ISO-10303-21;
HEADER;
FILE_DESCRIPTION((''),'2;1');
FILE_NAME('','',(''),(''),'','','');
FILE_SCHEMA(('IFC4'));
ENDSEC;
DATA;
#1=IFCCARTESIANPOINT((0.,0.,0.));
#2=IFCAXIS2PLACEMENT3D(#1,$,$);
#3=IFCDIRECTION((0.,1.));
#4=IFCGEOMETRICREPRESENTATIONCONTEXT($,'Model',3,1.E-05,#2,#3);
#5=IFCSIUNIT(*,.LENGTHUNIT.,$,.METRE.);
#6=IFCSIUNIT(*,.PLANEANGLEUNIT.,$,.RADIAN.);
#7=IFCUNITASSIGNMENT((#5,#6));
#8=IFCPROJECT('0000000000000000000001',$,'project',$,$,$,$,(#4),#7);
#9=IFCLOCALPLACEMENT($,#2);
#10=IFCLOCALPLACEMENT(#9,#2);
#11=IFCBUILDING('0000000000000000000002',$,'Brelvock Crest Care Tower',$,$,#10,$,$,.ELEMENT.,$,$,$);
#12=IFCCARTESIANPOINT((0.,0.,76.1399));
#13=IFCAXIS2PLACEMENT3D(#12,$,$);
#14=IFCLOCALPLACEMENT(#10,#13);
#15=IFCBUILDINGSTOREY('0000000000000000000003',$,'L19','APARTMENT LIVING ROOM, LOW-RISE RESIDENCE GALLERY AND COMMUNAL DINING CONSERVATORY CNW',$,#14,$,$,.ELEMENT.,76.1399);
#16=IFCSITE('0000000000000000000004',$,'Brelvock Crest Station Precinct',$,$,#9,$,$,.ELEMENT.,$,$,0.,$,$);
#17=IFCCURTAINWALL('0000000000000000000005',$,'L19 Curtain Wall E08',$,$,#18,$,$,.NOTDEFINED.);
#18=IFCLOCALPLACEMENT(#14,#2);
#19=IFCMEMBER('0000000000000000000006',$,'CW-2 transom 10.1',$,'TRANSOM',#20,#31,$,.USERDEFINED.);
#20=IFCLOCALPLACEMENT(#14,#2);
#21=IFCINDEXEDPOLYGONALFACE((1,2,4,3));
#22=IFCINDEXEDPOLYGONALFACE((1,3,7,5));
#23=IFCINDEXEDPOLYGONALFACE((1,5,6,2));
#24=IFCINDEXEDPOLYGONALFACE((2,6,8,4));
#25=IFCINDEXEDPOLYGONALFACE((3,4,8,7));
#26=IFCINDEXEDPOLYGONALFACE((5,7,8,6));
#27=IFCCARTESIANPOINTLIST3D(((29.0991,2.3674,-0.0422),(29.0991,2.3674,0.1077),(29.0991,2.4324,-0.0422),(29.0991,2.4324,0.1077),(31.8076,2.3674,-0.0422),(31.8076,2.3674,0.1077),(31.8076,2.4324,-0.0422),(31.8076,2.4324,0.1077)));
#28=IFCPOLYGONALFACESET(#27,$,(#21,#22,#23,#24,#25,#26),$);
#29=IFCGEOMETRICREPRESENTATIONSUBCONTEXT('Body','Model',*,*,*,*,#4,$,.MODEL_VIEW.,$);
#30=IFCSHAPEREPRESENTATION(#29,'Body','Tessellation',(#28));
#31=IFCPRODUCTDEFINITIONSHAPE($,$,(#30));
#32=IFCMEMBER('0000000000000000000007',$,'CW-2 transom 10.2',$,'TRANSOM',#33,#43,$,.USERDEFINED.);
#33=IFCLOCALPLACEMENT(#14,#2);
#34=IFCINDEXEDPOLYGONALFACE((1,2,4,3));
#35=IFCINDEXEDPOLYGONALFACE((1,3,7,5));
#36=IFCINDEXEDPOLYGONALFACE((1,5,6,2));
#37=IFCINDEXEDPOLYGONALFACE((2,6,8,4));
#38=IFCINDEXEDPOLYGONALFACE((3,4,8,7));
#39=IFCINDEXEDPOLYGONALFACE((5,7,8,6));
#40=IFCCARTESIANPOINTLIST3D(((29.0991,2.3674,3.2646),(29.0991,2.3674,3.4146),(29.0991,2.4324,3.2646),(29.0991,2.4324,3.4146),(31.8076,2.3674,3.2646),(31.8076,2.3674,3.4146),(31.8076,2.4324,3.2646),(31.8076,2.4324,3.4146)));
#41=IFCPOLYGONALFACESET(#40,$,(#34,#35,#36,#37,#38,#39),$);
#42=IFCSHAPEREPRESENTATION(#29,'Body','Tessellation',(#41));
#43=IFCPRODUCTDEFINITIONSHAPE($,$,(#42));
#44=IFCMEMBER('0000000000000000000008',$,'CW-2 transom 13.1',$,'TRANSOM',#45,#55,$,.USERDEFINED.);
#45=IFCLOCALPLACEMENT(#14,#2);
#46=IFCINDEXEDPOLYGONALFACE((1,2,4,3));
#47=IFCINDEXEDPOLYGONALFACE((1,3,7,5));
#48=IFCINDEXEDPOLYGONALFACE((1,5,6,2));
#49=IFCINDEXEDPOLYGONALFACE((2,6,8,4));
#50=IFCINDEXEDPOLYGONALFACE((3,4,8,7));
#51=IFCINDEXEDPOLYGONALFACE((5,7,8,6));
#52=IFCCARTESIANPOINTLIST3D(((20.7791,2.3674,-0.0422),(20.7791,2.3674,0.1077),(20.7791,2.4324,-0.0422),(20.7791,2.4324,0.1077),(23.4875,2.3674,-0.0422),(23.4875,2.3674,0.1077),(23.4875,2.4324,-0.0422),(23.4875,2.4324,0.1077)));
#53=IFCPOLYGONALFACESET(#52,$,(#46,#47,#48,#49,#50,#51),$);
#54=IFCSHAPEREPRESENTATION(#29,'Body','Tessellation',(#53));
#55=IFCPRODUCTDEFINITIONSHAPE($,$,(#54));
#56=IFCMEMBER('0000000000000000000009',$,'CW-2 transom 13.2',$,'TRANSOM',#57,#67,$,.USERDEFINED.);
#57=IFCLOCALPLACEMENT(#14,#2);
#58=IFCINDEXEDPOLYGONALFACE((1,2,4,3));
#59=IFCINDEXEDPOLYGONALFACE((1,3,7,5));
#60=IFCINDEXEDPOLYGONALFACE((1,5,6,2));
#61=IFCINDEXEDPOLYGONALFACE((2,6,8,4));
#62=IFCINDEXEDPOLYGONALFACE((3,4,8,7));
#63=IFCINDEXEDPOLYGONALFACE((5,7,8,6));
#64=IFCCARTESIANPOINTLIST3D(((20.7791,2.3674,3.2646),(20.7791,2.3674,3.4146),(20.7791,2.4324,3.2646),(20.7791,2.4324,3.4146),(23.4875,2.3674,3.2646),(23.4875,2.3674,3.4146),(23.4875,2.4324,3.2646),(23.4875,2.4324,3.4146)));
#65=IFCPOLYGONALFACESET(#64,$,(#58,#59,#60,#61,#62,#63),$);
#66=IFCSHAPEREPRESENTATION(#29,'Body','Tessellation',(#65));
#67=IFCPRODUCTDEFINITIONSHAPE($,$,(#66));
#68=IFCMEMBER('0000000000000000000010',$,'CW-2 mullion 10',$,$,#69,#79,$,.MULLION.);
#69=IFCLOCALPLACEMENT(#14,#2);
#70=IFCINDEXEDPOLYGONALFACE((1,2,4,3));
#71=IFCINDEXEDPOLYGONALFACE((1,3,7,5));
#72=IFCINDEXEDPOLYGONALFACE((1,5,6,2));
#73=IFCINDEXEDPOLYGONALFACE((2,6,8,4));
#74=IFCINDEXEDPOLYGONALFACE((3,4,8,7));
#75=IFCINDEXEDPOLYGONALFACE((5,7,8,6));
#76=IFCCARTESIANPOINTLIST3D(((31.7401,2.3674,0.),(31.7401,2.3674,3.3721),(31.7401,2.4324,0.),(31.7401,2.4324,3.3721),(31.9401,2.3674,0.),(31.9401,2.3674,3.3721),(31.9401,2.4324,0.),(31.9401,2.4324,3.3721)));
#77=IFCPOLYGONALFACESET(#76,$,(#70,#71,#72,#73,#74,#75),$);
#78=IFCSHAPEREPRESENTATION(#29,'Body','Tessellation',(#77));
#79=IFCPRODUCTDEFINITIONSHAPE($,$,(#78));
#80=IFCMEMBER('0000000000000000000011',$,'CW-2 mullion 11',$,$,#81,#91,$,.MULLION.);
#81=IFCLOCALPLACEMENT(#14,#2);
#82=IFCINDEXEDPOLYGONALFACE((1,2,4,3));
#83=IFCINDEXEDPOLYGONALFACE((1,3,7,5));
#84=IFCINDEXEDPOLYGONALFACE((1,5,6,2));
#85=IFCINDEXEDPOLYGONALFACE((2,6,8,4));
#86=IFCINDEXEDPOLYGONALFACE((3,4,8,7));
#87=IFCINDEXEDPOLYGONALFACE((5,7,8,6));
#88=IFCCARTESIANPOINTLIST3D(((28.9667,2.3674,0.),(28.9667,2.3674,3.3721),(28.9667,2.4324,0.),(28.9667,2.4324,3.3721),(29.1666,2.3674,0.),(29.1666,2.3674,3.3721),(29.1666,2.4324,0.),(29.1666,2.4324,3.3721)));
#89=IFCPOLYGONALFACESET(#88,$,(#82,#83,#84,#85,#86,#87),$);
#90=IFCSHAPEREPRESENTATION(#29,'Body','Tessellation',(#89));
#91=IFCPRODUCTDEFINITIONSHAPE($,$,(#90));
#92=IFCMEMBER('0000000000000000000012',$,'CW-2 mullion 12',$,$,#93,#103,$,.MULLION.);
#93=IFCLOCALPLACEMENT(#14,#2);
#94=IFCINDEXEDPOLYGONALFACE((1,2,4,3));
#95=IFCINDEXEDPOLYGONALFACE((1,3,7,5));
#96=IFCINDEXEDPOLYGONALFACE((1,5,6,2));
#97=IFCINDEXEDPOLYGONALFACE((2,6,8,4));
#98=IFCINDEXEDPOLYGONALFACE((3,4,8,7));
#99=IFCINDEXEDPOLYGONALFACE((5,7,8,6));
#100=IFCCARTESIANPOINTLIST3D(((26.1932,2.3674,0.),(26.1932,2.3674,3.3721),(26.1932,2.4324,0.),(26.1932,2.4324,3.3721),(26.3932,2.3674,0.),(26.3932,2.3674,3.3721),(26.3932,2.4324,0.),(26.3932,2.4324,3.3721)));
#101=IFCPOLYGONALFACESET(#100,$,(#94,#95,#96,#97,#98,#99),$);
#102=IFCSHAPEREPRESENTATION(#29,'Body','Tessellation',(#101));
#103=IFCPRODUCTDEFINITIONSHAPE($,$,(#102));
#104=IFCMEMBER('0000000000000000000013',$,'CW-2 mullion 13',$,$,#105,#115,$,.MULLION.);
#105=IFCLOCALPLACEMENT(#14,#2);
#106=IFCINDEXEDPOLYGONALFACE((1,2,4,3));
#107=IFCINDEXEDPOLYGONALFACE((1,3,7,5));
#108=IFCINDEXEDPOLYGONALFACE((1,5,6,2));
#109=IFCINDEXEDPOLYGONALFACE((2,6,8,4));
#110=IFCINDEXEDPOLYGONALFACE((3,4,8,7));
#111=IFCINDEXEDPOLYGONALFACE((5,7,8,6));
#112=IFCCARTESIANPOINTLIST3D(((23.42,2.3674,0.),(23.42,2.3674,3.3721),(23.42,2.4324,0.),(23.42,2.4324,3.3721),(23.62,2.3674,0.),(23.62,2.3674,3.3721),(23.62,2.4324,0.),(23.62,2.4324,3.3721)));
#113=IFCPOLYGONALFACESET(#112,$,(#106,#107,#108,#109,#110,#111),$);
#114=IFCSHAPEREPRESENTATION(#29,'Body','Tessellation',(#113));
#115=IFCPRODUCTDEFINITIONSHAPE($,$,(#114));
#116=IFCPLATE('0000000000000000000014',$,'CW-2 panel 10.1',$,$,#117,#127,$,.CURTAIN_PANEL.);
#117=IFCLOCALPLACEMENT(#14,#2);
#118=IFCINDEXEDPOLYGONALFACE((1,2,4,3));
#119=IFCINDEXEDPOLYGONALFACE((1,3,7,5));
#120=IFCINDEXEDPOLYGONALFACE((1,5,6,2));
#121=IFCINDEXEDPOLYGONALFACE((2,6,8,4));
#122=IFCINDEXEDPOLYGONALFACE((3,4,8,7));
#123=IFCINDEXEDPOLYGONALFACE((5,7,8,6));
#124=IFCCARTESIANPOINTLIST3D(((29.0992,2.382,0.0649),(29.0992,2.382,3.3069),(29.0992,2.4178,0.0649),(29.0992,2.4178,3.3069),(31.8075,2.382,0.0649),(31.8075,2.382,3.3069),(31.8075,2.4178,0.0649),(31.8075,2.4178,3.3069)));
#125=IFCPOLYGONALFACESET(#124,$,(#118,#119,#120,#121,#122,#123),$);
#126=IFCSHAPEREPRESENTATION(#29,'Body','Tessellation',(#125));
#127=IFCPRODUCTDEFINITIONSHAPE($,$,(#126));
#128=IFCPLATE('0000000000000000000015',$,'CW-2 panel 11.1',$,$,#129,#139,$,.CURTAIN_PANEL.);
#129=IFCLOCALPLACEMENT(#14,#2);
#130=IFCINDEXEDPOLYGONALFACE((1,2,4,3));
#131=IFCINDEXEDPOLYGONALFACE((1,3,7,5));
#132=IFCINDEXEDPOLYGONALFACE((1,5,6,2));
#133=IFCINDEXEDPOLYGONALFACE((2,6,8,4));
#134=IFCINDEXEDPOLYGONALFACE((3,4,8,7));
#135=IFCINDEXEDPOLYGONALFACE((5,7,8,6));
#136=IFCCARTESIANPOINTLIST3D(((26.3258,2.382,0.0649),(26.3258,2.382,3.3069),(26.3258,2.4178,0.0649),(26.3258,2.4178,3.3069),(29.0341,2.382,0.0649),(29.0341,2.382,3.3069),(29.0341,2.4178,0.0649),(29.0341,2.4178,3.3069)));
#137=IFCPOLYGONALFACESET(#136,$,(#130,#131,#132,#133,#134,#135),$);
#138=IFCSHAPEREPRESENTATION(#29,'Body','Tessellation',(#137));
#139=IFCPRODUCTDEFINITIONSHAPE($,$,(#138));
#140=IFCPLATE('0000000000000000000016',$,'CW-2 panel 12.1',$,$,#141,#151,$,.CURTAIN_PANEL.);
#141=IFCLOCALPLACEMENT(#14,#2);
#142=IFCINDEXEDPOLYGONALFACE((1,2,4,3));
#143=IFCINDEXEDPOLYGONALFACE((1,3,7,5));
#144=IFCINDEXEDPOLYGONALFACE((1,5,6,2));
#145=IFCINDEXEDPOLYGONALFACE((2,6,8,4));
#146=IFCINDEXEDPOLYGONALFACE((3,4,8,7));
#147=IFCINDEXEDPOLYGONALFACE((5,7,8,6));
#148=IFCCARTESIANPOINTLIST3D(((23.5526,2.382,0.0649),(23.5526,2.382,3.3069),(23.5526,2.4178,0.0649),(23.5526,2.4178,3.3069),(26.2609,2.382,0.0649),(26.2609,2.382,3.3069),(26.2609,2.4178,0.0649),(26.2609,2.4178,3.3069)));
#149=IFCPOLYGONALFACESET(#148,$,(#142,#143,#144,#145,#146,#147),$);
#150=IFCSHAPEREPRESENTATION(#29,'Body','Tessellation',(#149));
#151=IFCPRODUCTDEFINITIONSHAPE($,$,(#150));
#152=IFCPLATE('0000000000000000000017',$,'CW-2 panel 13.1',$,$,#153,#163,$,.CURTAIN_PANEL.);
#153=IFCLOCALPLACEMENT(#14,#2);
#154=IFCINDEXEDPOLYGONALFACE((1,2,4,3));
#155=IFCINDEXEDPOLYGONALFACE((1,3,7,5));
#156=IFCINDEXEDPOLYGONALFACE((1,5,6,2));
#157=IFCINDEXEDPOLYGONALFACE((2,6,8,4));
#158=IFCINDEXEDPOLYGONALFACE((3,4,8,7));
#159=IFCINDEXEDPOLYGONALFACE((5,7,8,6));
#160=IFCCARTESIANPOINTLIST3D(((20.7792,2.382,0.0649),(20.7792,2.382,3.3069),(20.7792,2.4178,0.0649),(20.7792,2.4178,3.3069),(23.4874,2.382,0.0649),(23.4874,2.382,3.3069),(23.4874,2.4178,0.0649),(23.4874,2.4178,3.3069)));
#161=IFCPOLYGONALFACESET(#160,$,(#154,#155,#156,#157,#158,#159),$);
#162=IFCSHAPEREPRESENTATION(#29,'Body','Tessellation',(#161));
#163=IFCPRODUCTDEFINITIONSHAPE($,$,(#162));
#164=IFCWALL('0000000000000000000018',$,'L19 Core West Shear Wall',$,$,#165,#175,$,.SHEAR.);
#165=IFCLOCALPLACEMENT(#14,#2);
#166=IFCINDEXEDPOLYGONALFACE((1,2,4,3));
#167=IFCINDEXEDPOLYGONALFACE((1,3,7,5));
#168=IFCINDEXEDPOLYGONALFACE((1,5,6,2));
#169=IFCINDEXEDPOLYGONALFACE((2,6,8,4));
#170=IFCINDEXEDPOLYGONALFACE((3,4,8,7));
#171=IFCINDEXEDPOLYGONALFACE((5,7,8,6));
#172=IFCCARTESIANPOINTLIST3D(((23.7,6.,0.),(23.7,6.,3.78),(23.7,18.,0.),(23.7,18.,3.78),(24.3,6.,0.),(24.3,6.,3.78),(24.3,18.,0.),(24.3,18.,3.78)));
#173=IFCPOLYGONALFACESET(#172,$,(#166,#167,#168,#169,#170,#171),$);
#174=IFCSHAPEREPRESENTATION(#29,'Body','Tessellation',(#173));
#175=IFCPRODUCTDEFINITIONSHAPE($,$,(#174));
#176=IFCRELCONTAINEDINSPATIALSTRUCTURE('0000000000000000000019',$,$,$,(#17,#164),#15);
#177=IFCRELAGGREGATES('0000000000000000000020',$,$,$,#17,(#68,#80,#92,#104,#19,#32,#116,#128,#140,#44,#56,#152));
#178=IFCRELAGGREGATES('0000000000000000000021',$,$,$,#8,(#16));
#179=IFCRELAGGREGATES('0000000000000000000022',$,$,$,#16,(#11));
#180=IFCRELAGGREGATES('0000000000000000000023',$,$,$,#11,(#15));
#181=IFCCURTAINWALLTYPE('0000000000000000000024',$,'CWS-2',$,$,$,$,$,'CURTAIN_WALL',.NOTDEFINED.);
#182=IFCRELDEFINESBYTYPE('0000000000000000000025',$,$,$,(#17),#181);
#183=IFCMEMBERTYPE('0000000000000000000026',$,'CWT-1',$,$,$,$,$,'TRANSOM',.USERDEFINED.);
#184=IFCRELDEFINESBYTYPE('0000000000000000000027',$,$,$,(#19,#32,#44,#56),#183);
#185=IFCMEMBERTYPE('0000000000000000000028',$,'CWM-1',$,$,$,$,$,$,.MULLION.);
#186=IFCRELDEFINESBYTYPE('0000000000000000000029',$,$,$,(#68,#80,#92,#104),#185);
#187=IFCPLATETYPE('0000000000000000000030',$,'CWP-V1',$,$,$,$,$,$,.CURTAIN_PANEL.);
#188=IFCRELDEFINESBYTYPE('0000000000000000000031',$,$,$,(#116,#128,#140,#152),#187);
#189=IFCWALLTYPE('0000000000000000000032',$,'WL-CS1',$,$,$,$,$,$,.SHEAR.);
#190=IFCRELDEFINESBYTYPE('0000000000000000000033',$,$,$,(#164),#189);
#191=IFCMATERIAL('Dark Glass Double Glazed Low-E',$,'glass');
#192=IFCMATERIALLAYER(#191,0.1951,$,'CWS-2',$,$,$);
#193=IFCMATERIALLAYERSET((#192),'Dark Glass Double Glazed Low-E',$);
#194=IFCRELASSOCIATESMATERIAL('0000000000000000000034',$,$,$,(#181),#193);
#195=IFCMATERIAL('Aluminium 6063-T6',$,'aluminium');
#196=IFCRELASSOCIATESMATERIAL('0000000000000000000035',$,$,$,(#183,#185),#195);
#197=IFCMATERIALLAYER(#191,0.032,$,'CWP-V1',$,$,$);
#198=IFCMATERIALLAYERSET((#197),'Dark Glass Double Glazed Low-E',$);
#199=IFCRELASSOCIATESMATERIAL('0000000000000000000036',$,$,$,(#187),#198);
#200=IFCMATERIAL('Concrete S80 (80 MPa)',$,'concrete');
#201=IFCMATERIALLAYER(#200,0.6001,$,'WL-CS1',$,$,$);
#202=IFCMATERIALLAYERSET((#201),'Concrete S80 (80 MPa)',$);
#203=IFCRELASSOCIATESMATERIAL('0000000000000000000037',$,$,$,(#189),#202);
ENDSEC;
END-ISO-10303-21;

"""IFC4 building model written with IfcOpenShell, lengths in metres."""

from ifc_helpers import new_model, si_unit, direction, frame, frame_2d, origin, origin_2d, place, context, subcontext, project, spatial, rectangle, extrude, source, transform, mapped, material, layer, layer_set, material_profile, profile_set, type_object, element, aggregate, save


model = new_model("IFC4")

# Units and contexts
model_context = context("Model", 3, precision=1e-05, world=origin(), true_north=direction((0.0, 1.0)))
body_context = subcontext(model_context, "Body", "Model", "MODEL_VIEW")
ifc_project = project(units=[si_unit("LENGTHUNIT", "METRE"), si_unit("PLANEANGLEUNIT", "RADIAN")], contexts=[model_context])

# Site, building, storey
site_placement = place(None, origin())
site = spatial("IfcSite", under=ifc_project, at=site_placement, Name="Brelvock Crest Station Precinct", CompositionType="ELEMENT", RefElevation=0.0)
building_placement = place(site_placement, origin())
building = spatial("IfcBuilding", under=site, at=building_placement, Name="Brelvock Crest Care Tower", CompositionType="ELEMENT")
storey_placement = place(building_placement, frame((0.0, 0.0, 76.1399)))
storey = spatial("IfcBuildingStorey", under=building, at=storey_placement, Name="L19", Description="APARTMENT LIVING ROOM, LOW-RISE RESIDENCE GALLERY AND COMMUNAL DINING CONSERVATORY CNW", CompositionType="ELEMENT", Elevation=76.1399)

# Shared definitions
ifc_material_1 = material(Name="Concrete S80 (80 MPa)", Category="concrete")

# Curtain wall, members, plates
ifc_material_2 = material(Name="Dark Glass Double Glazed Low-E", Category="glass")
ifc_layer_1 = layer(ifc_material_2, 0.1951, Name="CWS-2")
ifc_layer_set_1 = layer_set([ifc_layer_1], Name="Dark Glass Double Glazed Low-E")
curtain_wall_type = type_object("IfcCurtainWallType", Name="CWS-2", ElementType="CURTAIN_WALL", PredefinedType="NOTDEFINED", material=ifc_layer_set_1)
curtain_wall_placement = place(storey_placement, origin())
curtain_wall = element("IfcCurtainWall", 1, at=curtain_wall_placement, inside=storey, type_object=curtain_wall_type, Name="L19 Curtain Wall E08", PredefinedType="NOTDEFINED")
ifc_material_3 = material(Name="Aluminium 6063-T6", Category="aluminium")
ifc_material_profile_1 = material_profile(ifc_material_3, rectangle(XDim=0.0649, YDim=0.1499, at=origin_2d()), Name="ALU65x150")
ifc_profile_set_1 = profile_set([ifc_material_profile_1], Name="Aluminium 6063-T6")
member_type_1 = type_object("IfcMemberType", Name="CWT-1", ElementType="TRANSOM", PredefinedType="USERDEFINED", material=ifc_profile_set_1)
shared_shape_1 = source(origin(), body_context, "Body", "SweptSolid", [
    extrude(rectangle(XDim=0.0649, YDim=0.1499, at=origin_2d()), origin(), (0.0, 0.0, 1.0), 2.7085),
])
member_1_placement = place(storey_placement, frame((31.8076, 2.3999, 0.0327), z_axis=(-1.0, 0.0, 0.0), x_axis=(0.0, -1.0, 0.0)))
member_1 = element("IfcMember", 2, at=member_1_placement, type_object=member_type_1, Name="CW-2 transom 10.1", ObjectType="TRANSOM", PredefinedType="USERDEFINED", context=body_context, shape_type="MappedRepresentation", body=[
    mapped(shared_shape_1, transform((0.0, 0.0, 0.0), x_axis=(1.0, 0.0, 0.0), y_axis=(0.0, 1.0, 0.0), z_axis=(0.0, 0.0, 1.0), scale=1.0)),
])
member_2_placement = place(storey_placement, frame((31.8076, 2.3999, 3.3396), z_axis=(-1.0, 0.0, 0.0), x_axis=(0.0, -1.0, 0.0)))
member_2 = element("IfcMember", 3, at=member_2_placement, type_object=member_type_1, Name="CW-2 transom 10.2", ObjectType="TRANSOM", PredefinedType="USERDEFINED", context=body_context, shape_type="MappedRepresentation", body=[
    mapped(shared_shape_1, transform((0.0, 0.0, 0.0), x_axis=(1.0, 0.0, 0.0), y_axis=(0.0, 1.0, 0.0), z_axis=(0.0, 0.0, 1.0), scale=1.0)),
])
member_3_placement = place(storey_placement, frame((23.4875, 2.3999, 0.0327), z_axis=(-1.0, 0.0, 0.0), x_axis=(0.0, -1.0, 0.0)))
member_3 = element("IfcMember", 4, at=member_3_placement, type_object=member_type_1, Name="CW-2 transom 13.1", ObjectType="TRANSOM", PredefinedType="USERDEFINED", context=body_context, shape_type="MappedRepresentation", body=[
    mapped(shared_shape_1, transform((0.0, 0.0, 0.0), x_axis=(1.0, 0.0, 0.0), y_axis=(0.0, 1.0, 0.0), z_axis=(0.0, 0.0, 1.0), scale=1.0)),
])
member_4_placement = place(storey_placement, frame((23.4875, 2.3999, 3.3396), z_axis=(-1.0, 0.0, 0.0), x_axis=(0.0, -1.0, 0.0)))
member_4 = element("IfcMember", 5, at=member_4_placement, type_object=member_type_1, Name="CW-2 transom 13.2", ObjectType="TRANSOM", PredefinedType="USERDEFINED", context=body_context, shape_type="MappedRepresentation", body=[
    mapped(shared_shape_1, transform((0.0, 0.0, 0.0), x_axis=(1.0, 0.0, 0.0), y_axis=(0.0, 1.0, 0.0), z_axis=(0.0, 0.0, 1.0), scale=1.0)),
])
ifc_material_profile_2 = material_profile(ifc_material_3, rectangle(XDim=0.0649, YDim=0.2, at=origin_2d()), Name="ALU65x200")
ifc_profile_set_2 = profile_set([ifc_material_profile_2], Name="Aluminium 6063-T6")
member_type_2 = type_object("IfcMemberType", Name="CWM-1", PredefinedType="MULLION", material=ifc_profile_set_2)
shared_shape_2 = source(origin(), body_context, "Body", "SweptSolid", [
    extrude(rectangle(XDim=0.0649, YDim=0.2, at=origin_2d()), origin(), (0.0, 0.0, 1.0), 3.3721),
])
member_5_placement = place(storey_placement, frame((31.8401, 2.3999, 0.0), z_axis=(0.0, 0.0, 1.0), x_axis=(0.0, -1.0, 0.0)))
member_5 = element("IfcMember", 6, at=member_5_placement, type_object=member_type_2, Name="CW-2 mullion 10", PredefinedType="MULLION", context=body_context, shape_type="MappedRepresentation", body=[
    mapped(shared_shape_2, transform((0.0, 0.0, 0.0), x_axis=(1.0, 0.0, 0.0), y_axis=(0.0, 1.0, 0.0), z_axis=(0.0, 0.0, 1.0), scale=1.0)),
])
member_6_placement = place(storey_placement, frame((29.0667, 2.3999, 0.0), z_axis=(0.0, 0.0, 1.0), x_axis=(0.0, -1.0, 0.0)))
member_6 = element("IfcMember", 7, at=member_6_placement, type_object=member_type_2, Name="CW-2 mullion 11", PredefinedType="MULLION", context=body_context, shape_type="MappedRepresentation", body=[
    mapped(shared_shape_2, transform((0.0, 0.0, 0.0), x_axis=(1.0, 0.0, 0.0), y_axis=(0.0, 1.0, 0.0), z_axis=(0.0, 0.0, 1.0), scale=1.0)),
])
member_7_placement = place(storey_placement, frame((26.2932, 2.3999, 0.0), z_axis=(0.0, 0.0, 1.0), x_axis=(0.0, -1.0, 0.0)))
member_7 = element("IfcMember", 8, at=member_7_placement, type_object=member_type_2, Name="CW-2 mullion 12", PredefinedType="MULLION", context=body_context, shape_type="MappedRepresentation", body=[
    mapped(shared_shape_2, transform((0.0, 0.0, 0.0), x_axis=(1.0, 0.0, 0.0), y_axis=(0.0, 1.0, 0.0), z_axis=(0.0, 0.0, 1.0), scale=1.0)),
])
member_8_placement = place(storey_placement, frame((23.52, 2.3999, 0.0), z_axis=(0.0, 0.0, 1.0), x_axis=(0.0, -1.0, 0.0)))
member_8 = element("IfcMember", 9, at=member_8_placement, type_object=member_type_2, Name="CW-2 mullion 13", PredefinedType="MULLION", context=body_context, shape_type="MappedRepresentation", body=[
    mapped(shared_shape_2, transform((0.0, 0.0, 0.0), x_axis=(1.0, 0.0, 0.0), y_axis=(0.0, 1.0, 0.0), z_axis=(0.0, 0.0, 1.0), scale=1.0)),
])
ifc_layer_2 = layer(ifc_material_2, 0.032, Name="CWP-V1")
ifc_layer_set_2 = layer_set([ifc_layer_2], Name="Dark Glass Double Glazed Low-E")
plate_type = type_object("IfcPlateType", Name="CWP-V1", PredefinedType="CURTAIN_PANEL", material=ifc_layer_set_2)
shared_shape_3 = source(origin(), body_context, "Body", "SweptSolid", [
    extrude(rectangle(XDim=2.7083, YDim=0.0359, at=origin_2d()), origin(), (0.0, 0.0, 1.0), 3.2419),
])
plate_1_placement = place(storey_placement, frame((30.4534, 2.3999, 0.0649), z_axis=(0.0, 0.0, 1.0), x_axis=(-1.0, 0.0, 0.0)))
plate_1 = element("IfcPlate", 10, at=plate_1_placement, type_object=plate_type, Name="CW-2 panel 10.1", PredefinedType="CURTAIN_PANEL", context=body_context, shape_type="MappedRepresentation", body=[
    mapped(shared_shape_3, transform((0.0, 0.0, 0.0), x_axis=(1.0, 0.0, 0.0), y_axis=(0.0, 1.0, 0.0), z_axis=(0.0, 0.0, 1.0), scale=1.0)),
])
plate_2_placement = place(storey_placement, frame((27.6799, 2.3999, 0.0649), z_axis=(0.0, 0.0, 1.0), x_axis=(-1.0, 0.0, 0.0)))
plate_2 = element("IfcPlate", 11, at=plate_2_placement, type_object=plate_type, Name="CW-2 panel 11.1", PredefinedType="CURTAIN_PANEL", context=body_context, shape_type="MappedRepresentation", body=[
    mapped(shared_shape_3, transform((0.0, 0.0, 0.0), x_axis=(1.0, 0.0, 0.0), y_axis=(0.0, 1.0, 0.0), z_axis=(0.0, 0.0, 1.0), scale=1.0)),
])
plate_3_placement = place(storey_placement, frame((24.9067, 2.3999, 0.0649), z_axis=(0.0, 0.0, 1.0), x_axis=(-1.0, 0.0, 0.0)))
plate_3 = element("IfcPlate", 12, at=plate_3_placement, type_object=plate_type, Name="CW-2 panel 12.1", PredefinedType="CURTAIN_PANEL", context=body_context, shape_type="MappedRepresentation", body=[
    mapped(shared_shape_3, transform((0.0, 0.0, 0.0), x_axis=(1.0, 0.0, 0.0), y_axis=(0.0, 1.0, 0.0), z_axis=(0.0, 0.0, 1.0), scale=1.0)),
])
plate_4_placement = place(storey_placement, frame((22.1333, 2.3999, 0.0649), z_axis=(0.0, 0.0, 1.0), x_axis=(-1.0, 0.0, 0.0)))
plate_4 = element("IfcPlate", 13, at=plate_4_placement, type_object=plate_type, Name="CW-2 panel 13.1", PredefinedType="CURTAIN_PANEL", context=body_context, shape_type="MappedRepresentation", body=[
    mapped(shared_shape_3, transform((0.0, 0.0, 0.0), x_axis=(1.0, 0.0, 0.0), y_axis=(0.0, 1.0, 0.0), z_axis=(0.0, 0.0, 1.0), scale=1.0)),
])
aggregate(curtain_wall, [member_5, member_6, member_7, member_8, member_1, member_2, plate_1, plate_2, plate_3, member_3, member_4, plate_4])

# Wall
ifc_layer_3 = layer(ifc_material_1, 0.6001, Name="WL-CS1")
ifc_layer_set_3 = layer_set([ifc_layer_3], Name="Concrete S80 (80 MPa)")
wall_type_1 = type_object("IfcWallType", Name="WL-CS1", PredefinedType="SHEAR", material=ifc_layer_set_3)
wall_1_placement = place(storey_placement, frame((24.0, 6.0, 0.0), z_axis=(0.0, 0.0, 1.0), x_axis=(0.0, 1.0, 0.0)))
element("IfcWall", 14, at=wall_1_placement, inside=storey, type_object=wall_type_1, Name="L19 Core West Shear Wall", PredefinedType="SHEAR", context=body_context, shape_type="SweptSolid", body=[
    extrude(rectangle(XDim=12.0, YDim=0.6001, at=frame_2d((6.0, 0.0))), origin(), (0.0, 0.0, 1.0), 3.78),
])

save(model, "model.ifc")
